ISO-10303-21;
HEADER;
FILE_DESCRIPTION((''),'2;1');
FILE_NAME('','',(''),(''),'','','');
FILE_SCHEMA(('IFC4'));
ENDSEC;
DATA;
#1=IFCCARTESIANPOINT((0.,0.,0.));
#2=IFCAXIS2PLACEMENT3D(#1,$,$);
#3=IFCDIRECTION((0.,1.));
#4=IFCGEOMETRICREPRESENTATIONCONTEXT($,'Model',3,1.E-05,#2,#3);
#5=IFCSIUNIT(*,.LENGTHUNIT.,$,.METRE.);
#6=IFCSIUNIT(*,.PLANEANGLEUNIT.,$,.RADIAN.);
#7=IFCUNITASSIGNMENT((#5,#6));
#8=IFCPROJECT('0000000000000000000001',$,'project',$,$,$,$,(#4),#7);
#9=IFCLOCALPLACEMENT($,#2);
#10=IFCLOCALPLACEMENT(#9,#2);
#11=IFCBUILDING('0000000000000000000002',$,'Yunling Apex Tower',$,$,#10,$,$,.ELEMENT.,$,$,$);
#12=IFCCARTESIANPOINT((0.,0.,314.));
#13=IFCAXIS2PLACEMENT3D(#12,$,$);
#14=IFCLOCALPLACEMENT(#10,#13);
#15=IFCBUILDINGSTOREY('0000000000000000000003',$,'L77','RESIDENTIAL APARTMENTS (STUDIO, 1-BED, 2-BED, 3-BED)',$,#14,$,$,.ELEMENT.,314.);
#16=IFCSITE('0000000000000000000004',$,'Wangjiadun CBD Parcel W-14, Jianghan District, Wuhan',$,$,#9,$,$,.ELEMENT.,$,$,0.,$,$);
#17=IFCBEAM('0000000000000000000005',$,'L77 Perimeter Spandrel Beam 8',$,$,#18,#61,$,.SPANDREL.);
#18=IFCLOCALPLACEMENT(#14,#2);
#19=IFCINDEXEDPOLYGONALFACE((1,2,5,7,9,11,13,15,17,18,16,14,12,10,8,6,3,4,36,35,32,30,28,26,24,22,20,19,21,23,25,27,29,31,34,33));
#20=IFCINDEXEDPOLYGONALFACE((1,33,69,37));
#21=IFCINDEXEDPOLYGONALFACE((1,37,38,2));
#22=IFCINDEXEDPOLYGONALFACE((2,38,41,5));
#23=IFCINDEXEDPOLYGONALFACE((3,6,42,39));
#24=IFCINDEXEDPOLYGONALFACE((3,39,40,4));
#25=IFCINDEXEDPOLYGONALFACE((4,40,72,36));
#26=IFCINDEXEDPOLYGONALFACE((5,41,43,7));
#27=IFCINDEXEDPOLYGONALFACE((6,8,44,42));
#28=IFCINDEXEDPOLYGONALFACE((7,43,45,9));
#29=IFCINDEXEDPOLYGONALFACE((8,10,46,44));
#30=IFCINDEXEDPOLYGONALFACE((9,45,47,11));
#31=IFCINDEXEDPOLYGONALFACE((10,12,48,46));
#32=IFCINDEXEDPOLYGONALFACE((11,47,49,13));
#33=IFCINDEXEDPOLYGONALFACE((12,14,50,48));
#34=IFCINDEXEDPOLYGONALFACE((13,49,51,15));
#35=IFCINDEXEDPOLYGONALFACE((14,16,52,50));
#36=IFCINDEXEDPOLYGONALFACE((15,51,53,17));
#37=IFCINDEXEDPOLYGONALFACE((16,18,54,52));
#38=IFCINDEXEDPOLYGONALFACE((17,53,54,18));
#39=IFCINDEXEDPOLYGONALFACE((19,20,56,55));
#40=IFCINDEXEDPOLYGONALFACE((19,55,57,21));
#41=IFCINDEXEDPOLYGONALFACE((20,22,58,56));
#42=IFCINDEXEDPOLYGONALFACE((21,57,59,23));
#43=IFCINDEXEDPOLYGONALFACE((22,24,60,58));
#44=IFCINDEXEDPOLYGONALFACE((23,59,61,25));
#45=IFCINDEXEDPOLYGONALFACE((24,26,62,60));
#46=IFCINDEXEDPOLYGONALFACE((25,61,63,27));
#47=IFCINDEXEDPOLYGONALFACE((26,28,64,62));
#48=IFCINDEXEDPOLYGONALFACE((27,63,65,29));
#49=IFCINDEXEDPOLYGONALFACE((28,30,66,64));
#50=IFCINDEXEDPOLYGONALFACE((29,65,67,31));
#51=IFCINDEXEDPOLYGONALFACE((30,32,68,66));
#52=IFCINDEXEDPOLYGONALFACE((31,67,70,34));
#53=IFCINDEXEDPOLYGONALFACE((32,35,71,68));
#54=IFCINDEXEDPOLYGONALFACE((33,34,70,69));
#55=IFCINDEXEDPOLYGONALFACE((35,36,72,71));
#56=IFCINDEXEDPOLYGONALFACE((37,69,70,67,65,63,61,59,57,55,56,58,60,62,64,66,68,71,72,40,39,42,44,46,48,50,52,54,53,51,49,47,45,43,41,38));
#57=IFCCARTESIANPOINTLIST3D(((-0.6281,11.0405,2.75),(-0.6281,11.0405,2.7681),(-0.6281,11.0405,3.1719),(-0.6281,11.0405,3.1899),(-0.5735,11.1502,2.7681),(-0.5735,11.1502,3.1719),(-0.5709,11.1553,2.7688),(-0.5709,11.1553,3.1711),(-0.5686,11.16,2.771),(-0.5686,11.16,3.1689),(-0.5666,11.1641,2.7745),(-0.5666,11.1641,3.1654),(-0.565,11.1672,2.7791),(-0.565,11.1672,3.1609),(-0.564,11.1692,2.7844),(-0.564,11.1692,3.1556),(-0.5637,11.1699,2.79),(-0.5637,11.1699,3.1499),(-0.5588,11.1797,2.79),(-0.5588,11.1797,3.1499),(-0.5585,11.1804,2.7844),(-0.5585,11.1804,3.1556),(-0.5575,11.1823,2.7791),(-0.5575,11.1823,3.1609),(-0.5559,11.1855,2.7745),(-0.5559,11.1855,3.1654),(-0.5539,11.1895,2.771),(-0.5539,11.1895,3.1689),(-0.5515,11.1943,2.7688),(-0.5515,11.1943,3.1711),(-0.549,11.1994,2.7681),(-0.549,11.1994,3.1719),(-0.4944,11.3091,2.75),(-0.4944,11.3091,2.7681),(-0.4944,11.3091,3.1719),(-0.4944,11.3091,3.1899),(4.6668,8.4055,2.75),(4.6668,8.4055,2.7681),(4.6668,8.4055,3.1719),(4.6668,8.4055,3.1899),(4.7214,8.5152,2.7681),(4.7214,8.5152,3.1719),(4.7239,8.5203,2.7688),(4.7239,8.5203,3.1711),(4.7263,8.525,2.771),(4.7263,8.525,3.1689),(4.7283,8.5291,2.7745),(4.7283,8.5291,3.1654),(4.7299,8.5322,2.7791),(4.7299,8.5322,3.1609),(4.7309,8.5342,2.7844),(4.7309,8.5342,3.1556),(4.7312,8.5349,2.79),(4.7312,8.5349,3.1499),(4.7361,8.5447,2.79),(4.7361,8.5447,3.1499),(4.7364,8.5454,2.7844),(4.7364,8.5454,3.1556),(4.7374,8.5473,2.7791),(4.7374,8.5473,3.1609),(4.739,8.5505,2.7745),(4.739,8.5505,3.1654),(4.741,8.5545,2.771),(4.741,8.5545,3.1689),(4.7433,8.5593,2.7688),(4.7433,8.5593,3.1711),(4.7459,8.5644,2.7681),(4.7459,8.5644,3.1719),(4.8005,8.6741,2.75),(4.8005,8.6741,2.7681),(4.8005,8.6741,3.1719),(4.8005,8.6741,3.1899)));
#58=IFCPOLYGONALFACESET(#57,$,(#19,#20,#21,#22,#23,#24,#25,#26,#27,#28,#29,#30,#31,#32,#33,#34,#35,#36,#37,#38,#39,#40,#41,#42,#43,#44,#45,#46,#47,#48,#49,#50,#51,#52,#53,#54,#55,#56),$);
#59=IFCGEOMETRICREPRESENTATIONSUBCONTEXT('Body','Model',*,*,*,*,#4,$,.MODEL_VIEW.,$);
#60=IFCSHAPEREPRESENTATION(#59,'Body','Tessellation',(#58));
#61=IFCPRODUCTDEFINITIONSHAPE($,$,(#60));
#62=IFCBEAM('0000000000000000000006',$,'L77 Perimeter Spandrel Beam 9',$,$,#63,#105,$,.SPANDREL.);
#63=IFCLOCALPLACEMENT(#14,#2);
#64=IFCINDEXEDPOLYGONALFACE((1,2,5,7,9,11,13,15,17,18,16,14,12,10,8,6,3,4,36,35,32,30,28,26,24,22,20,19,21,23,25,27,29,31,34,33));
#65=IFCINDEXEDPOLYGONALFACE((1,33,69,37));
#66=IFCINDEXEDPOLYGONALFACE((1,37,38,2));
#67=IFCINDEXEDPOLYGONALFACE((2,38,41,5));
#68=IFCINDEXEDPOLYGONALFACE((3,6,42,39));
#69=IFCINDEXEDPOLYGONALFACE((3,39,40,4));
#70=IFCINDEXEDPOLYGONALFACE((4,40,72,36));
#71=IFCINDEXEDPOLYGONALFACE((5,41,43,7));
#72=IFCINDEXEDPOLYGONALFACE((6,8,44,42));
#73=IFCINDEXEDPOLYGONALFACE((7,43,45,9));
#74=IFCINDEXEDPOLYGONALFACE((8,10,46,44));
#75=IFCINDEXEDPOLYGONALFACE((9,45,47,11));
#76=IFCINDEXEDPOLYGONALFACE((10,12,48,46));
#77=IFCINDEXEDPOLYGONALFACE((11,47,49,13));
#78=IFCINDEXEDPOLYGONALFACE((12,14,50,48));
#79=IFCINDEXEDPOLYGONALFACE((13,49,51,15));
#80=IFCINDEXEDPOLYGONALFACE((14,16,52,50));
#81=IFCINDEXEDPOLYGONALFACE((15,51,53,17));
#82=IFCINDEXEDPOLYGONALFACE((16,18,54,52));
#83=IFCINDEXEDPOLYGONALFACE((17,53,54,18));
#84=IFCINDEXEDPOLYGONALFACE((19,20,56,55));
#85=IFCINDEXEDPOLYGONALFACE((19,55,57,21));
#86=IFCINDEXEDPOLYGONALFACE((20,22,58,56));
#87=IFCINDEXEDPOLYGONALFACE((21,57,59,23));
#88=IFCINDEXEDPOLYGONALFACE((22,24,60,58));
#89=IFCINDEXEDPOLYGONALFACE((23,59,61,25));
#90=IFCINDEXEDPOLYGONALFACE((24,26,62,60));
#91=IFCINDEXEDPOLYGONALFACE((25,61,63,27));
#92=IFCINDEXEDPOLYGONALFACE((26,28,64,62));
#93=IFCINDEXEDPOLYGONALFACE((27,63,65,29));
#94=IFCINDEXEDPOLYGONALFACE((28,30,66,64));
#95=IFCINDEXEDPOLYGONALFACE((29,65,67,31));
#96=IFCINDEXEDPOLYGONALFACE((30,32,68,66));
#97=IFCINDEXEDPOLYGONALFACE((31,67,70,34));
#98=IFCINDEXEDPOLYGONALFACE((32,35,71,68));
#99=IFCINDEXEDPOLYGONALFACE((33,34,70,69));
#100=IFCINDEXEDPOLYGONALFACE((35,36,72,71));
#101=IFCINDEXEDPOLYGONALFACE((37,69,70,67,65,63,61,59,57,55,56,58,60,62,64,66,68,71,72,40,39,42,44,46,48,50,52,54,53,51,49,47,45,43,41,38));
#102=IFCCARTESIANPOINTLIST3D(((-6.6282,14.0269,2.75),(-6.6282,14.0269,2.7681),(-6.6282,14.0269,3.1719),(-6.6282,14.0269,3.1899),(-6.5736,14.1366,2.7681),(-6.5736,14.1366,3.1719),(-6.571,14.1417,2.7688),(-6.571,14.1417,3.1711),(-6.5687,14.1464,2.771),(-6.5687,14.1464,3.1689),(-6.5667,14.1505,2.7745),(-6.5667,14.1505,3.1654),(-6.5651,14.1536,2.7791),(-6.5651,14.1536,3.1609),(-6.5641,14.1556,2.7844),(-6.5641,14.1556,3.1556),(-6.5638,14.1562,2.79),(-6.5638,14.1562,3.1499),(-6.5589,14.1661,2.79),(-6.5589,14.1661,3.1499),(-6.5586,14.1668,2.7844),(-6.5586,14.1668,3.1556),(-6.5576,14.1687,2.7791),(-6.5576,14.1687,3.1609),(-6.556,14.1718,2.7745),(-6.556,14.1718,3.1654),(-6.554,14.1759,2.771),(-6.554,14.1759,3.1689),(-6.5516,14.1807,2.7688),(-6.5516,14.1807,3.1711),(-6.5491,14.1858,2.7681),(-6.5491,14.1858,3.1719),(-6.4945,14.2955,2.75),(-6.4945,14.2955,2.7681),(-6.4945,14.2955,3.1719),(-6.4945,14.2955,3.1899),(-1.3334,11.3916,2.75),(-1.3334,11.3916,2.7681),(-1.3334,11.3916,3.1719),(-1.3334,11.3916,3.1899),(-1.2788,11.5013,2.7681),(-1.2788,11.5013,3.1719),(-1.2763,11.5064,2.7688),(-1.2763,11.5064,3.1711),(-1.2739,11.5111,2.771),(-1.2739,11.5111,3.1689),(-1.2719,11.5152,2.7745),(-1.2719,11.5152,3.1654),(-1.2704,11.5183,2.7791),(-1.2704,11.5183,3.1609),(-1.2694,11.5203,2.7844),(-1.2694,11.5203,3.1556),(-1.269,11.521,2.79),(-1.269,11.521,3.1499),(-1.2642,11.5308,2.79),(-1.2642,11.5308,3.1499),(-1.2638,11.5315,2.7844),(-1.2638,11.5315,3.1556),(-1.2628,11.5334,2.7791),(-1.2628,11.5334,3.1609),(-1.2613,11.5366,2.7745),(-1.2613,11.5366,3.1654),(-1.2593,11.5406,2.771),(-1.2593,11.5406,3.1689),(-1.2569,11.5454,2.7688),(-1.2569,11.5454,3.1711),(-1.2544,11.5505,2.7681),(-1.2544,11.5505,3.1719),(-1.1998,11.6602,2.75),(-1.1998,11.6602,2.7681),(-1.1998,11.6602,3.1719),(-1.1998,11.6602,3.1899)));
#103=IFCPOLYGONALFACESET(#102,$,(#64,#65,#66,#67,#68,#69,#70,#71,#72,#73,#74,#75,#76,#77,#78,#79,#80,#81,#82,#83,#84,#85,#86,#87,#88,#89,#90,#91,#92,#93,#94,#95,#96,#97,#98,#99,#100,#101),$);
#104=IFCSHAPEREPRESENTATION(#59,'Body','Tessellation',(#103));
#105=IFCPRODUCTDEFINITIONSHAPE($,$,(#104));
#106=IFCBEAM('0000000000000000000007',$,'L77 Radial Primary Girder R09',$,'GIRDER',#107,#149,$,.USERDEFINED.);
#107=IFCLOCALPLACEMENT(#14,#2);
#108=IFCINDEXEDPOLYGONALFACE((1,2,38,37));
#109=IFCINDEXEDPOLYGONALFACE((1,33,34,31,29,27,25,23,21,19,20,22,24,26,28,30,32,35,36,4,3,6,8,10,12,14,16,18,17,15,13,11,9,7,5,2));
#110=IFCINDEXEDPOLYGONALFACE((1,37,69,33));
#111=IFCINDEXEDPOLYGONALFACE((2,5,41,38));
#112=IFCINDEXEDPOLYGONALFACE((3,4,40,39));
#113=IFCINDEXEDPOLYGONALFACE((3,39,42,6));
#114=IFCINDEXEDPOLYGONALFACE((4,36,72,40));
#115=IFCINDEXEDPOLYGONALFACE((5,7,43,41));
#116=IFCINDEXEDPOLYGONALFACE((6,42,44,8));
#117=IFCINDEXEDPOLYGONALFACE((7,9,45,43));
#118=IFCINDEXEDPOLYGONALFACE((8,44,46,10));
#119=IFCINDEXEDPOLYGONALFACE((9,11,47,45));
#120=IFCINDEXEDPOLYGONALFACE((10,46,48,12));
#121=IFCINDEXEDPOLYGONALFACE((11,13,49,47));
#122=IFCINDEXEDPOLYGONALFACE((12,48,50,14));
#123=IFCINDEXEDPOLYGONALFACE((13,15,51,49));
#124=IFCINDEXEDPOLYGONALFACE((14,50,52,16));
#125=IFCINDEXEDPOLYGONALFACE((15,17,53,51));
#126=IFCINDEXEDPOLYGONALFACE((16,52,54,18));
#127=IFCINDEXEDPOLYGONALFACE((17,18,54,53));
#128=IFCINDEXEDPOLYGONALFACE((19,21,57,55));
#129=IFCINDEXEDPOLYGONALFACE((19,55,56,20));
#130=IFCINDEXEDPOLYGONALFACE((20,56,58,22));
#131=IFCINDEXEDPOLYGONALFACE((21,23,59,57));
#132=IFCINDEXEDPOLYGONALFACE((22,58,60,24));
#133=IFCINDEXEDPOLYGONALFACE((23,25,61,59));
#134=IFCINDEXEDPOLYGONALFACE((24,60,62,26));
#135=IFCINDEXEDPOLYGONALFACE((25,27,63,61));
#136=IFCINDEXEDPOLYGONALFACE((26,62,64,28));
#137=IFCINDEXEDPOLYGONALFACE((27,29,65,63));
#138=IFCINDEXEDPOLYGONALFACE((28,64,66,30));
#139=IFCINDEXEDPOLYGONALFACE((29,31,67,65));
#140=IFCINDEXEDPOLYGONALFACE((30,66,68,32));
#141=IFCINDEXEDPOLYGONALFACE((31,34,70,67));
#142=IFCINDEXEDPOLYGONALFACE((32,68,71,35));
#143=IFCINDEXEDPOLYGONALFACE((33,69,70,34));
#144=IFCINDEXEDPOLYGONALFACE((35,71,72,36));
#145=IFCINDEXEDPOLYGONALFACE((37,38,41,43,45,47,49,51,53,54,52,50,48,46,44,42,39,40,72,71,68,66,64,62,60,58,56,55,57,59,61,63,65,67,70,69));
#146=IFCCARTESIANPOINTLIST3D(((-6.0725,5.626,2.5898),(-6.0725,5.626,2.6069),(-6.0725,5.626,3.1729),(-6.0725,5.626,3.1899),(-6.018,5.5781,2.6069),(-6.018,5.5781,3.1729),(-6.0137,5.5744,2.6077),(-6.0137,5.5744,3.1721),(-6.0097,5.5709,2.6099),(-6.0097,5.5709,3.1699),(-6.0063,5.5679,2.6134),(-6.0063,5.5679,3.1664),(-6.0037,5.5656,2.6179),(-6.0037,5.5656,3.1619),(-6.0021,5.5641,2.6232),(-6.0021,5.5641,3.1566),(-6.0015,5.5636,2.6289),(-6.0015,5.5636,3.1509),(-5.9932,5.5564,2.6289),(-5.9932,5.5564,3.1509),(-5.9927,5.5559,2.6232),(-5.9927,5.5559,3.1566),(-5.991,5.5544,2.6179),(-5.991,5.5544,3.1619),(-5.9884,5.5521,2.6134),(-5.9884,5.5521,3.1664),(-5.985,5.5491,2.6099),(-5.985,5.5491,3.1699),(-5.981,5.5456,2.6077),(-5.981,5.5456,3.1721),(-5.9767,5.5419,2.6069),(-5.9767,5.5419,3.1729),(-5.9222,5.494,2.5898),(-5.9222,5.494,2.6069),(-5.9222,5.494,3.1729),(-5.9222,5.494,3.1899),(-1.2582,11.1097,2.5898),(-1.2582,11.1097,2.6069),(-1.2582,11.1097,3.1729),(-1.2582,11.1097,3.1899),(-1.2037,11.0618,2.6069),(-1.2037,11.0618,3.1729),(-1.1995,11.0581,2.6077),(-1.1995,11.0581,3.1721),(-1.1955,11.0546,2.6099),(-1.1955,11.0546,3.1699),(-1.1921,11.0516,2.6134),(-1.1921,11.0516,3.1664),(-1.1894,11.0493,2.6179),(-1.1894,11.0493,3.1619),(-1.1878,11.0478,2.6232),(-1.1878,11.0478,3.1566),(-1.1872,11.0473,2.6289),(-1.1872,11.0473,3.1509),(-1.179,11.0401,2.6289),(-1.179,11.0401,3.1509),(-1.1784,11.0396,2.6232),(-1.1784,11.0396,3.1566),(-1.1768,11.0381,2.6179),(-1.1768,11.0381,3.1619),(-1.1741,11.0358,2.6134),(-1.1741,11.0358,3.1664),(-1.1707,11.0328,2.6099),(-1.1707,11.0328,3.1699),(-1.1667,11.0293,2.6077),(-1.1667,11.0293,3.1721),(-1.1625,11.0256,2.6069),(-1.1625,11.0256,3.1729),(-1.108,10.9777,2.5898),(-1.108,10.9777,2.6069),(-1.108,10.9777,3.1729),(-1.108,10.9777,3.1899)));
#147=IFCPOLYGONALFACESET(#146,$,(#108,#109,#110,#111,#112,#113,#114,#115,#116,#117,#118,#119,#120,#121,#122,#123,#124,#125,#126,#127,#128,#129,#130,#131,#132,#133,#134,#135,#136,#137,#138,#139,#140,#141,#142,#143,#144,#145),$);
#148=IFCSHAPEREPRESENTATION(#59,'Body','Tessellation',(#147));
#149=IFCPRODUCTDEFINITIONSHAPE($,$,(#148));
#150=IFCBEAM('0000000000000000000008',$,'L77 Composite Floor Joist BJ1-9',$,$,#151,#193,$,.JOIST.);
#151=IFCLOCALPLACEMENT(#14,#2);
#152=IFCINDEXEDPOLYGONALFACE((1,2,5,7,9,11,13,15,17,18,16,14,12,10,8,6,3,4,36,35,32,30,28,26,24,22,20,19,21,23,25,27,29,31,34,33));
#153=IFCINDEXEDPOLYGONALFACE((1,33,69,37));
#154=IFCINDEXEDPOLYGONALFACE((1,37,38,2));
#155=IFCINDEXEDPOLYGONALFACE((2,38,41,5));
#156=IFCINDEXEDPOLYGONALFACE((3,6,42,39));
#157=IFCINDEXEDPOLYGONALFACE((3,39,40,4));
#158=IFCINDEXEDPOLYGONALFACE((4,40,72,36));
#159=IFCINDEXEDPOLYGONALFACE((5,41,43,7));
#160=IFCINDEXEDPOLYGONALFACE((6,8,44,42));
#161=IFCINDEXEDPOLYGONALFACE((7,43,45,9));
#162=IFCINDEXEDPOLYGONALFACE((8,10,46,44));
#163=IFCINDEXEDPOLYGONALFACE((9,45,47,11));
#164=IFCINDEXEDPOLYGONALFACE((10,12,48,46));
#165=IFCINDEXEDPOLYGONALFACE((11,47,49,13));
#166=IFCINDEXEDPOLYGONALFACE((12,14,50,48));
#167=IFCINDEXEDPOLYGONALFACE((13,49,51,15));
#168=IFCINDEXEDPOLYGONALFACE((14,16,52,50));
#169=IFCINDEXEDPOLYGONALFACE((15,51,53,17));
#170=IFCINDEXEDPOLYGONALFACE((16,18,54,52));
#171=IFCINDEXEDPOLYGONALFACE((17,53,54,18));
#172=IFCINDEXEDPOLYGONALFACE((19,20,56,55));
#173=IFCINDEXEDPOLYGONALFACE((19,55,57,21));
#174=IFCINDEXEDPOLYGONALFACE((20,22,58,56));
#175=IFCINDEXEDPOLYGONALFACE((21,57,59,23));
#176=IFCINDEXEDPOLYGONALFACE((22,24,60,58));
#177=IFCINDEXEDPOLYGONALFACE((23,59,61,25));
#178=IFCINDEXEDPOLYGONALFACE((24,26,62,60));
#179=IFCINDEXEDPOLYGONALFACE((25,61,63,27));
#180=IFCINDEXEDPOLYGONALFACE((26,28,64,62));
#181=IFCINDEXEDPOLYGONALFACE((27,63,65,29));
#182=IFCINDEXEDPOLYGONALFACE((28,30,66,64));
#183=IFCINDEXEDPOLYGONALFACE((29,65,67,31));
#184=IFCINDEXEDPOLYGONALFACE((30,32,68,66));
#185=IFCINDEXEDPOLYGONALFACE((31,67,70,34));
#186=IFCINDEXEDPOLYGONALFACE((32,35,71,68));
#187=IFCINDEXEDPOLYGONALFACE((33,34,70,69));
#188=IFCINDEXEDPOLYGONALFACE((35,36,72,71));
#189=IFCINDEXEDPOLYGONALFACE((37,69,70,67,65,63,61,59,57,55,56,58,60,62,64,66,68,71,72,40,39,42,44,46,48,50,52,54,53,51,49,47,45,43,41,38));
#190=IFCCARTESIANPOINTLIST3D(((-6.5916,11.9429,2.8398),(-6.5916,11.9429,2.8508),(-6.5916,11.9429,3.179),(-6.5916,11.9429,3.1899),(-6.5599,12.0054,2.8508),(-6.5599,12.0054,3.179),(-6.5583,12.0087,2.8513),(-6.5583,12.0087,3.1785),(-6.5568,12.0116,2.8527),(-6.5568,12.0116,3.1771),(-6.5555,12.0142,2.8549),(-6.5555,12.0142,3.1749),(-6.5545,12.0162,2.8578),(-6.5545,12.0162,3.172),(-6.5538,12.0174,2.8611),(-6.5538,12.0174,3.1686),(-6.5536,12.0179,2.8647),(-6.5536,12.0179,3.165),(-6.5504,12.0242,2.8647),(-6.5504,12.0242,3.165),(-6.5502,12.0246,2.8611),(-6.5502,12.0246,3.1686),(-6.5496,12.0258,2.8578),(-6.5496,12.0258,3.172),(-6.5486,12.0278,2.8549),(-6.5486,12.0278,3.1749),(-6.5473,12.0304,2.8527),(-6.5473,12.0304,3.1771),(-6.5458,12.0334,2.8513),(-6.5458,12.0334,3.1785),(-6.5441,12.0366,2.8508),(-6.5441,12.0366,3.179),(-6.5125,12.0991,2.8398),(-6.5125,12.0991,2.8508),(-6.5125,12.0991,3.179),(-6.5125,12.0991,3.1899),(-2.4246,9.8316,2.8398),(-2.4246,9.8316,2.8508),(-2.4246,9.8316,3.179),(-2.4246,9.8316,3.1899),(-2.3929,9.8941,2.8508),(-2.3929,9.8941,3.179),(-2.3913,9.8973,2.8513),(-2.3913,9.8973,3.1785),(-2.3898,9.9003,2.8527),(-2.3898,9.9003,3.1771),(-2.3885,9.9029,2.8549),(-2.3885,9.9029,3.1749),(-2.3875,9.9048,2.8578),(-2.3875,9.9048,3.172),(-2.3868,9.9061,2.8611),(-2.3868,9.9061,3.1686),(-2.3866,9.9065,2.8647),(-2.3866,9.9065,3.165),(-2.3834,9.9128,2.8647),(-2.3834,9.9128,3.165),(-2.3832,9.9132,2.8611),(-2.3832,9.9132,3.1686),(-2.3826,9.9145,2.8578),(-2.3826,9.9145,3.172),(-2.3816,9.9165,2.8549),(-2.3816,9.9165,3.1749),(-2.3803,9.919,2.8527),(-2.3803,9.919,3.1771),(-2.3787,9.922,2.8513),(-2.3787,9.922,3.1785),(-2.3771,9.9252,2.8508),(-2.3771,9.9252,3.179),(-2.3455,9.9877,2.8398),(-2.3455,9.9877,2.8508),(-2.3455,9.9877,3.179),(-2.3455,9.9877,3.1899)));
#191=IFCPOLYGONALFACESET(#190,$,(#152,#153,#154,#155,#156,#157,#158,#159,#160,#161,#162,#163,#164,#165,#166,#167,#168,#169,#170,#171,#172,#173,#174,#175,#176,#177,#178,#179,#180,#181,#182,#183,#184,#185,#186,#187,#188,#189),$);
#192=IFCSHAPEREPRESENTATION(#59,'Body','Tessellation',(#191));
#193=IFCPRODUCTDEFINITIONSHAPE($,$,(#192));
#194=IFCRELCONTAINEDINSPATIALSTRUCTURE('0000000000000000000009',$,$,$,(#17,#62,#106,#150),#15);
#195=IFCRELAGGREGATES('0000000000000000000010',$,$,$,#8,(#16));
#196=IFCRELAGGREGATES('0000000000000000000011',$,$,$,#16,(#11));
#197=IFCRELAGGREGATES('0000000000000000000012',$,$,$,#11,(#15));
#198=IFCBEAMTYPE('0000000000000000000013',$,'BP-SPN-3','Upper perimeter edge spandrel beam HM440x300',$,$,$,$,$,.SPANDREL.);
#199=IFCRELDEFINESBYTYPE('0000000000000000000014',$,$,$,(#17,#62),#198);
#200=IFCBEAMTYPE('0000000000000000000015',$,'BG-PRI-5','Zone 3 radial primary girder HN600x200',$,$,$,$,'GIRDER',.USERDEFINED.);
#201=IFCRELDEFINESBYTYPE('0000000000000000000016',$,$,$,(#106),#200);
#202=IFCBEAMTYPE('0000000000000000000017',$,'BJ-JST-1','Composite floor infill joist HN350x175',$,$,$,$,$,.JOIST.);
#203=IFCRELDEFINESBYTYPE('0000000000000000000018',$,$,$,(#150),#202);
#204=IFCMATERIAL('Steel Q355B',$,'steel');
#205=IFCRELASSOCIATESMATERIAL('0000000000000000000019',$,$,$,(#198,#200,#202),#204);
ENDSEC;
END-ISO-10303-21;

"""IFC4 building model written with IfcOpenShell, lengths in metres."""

from ifc_helpers import new_model, si_unit, direction, frame, origin, origin_2d, place, context, subcontext, project, spatial, i_section, extrude, source, transform, mapped, material, material_profile, profile_set, type_object, element, save


model = new_model("IFC4")

# Units and contexts
model_context = context("Model", 3, precision=1e-05, world=origin(), true_north=direction((0.0, 1.0)))
body_context = subcontext(model_context, "Body", "Model", "MODEL_VIEW")
ifc_project = project(units=[si_unit("LENGTHUNIT", "METRE"), si_unit("PLANEANGLEUNIT", "RADIAN")], contexts=[model_context])

# Site, building, storey
site_placement = place(None, origin())
site = spatial("IfcSite", under=ifc_project, at=site_placement, Name="Wangjiadun CBD Parcel W-14, Jianghan District, Wuhan", CompositionType="ELEMENT", RefElevation=0.0)
building_placement = place(site_placement, origin())
building = spatial("IfcBuilding", under=site, at=building_placement, Name="Yunling Apex Tower", CompositionType="ELEMENT")
storey_placement = place(building_placement, frame((0.0, 0.0, 314.0)))
storey = spatial("IfcBuildingStorey", under=building, at=storey_placement, Name="L77", Description="RESIDENTIAL APARTMENTS (STUDIO, 1-BED, 2-BED, 3-BED)", CompositionType="ELEMENT", Elevation=314.0)

# Shared definitions
ifc_material_1 = material(Name="Steel Q355B", Category="steel")

# Beams
ifc_material_profile_1 = material_profile(ifc_material_1, i_section(OverallWidth=0.3, OverallDepth=0.4399, WebThickness=0.011, FlangeThickness=0.0181, FilletRadius=0.022, at=origin_2d()))
ifc_profile_set_1 = profile_set([ifc_material_profile_1], Name="Steel Q355B")
beam_type_1 = type_object("IfcBeamType", Name="BP-SPN-3", Description="Upper perimeter edge spandrel beam HM440x300", PredefinedType="SPANDREL", material=ifc_profile_set_1)
shared_shape_1 = source(origin(), body_context, "Body", "SweptSolid", [
    extrude(i_section(OverallWidth=0.3, OverallDepth=0.4399, WebThickness=0.011, FlangeThickness=0.0181, FilletRadius=0.022, at=origin_2d()), origin(), (0.0, 0.0, 1.0), 5.9143),
])
for number, where, z_axis, x_axis, name in (
    (1, (4.7336, 8.5398, 2.97), (-0.895268, 0.445529, 0.0), (-0.445529, -0.895268, 0.0), "L77 Perimeter Spandrel Beam 8"),
    (2, (-1.2666, 11.5259, 2.97), (-0.895243, 0.445578, 0.0), (-0.445578, -0.895243, 0.0), "L77 Perimeter Spandrel Beam 9"),
):
    element("IfcBeam", number, at=place(storey_placement, frame(where, z_axis=z_axis, x_axis=x_axis)), inside=storey, type_object=beam_type_1, Name=name, PredefinedType="SPANDREL", context=body_context, shape_type="MappedRepresentation", body=[
        mapped(shared_shape_1, transform((0.0, 0.0, 0.0), scale=1.0)),
    ])
ifc_material_profile_2 = material_profile(ifc_material_1, i_section(OverallWidth=0.2, OverallDepth=0.6001, WebThickness=0.011, FlangeThickness=0.0171, FilletRadius=0.022, at=origin_2d()))
ifc_profile_set_2 = profile_set([ifc_material_profile_2], Name="Steel Q355B")
beam_type_2 = type_object("IfcBeamType", Name="BG-PRI-5", Description="Zone 3 radial primary girder HN600x200", ElementType="GIRDER", PredefinedType="USERDEFINED", material=ifc_profile_set_2)
shared_shape_2 = source(origin(), body_context, "Body", "SweptSolid", [
    extrude(i_section(OverallWidth=0.2, OverallDepth=0.6001, WebThickness=0.011, FlangeThickness=0.0171, FilletRadius=0.022, at=origin_2d()), origin(), (0.0, 0.0, 1.0), 7.2971),
])
beam_1_placement = place(storey_placement, frame((-1.1831, 11.0437, 2.8899), z_axis=(-0.659747, -0.751488, 0.0), x_axis=(0.751488, -0.659747, 0.0)))
element("IfcBeam", 3, at=beam_1_placement, inside=storey, type_object=beam_type_2, Name="L77 Radial Primary Girder R09", ObjectType="GIRDER", PredefinedType="USERDEFINED", context=body_context, shape_type="MappedRepresentation", body=[
    mapped(shared_shape_2, transform((0.0, 0.0, 0.0), scale=1.0)),
])
ifc_material_profile_3 = material_profile(ifc_material_1, i_section(OverallWidth=0.175, OverallDepth=0.3501, WebThickness=0.0071, FlangeThickness=0.011, FilletRadius=0.0139, at=origin_2d()))
ifc_profile_set_3 = profile_set([ifc_material_profile_3], Name="Steel Q355B")
beam_type_3 = type_object("IfcBeamType", Name="BJ-JST-1", Description="Composite floor infill joist HN350x175", PredefinedType="JOIST", material=ifc_profile_set_3)
shared_shape_3 = source(origin(), body_context, "Body", "SweptSolid", [
    extrude(i_section(OverallWidth=0.175, OverallDepth=0.3501, WebThickness=0.0071, FlangeThickness=0.011, FilletRadius=0.0139, at=origin_2d()), origin(), (0.0, 0.0, 1.0), 4.6714),
])
beam_2_placement = place(storey_placement, frame((-2.385, 9.9097, 3.0149), z_axis=(-0.892031, 0.451974, 0.0), x_axis=(-0.451974, -0.892031, 0.0)))
element("IfcBeam", 4, at=beam_2_placement, inside=storey, type_object=beam_type_3, Name="L77 Composite Floor Joist BJ1-9", PredefinedType="JOIST", context=body_context, shape_type="MappedRepresentation", body=[
    mapped(shared_shape_3, transform((0.0, 0.0, 0.0), scale=1.0)),
])

save(model, "model.ifc")
